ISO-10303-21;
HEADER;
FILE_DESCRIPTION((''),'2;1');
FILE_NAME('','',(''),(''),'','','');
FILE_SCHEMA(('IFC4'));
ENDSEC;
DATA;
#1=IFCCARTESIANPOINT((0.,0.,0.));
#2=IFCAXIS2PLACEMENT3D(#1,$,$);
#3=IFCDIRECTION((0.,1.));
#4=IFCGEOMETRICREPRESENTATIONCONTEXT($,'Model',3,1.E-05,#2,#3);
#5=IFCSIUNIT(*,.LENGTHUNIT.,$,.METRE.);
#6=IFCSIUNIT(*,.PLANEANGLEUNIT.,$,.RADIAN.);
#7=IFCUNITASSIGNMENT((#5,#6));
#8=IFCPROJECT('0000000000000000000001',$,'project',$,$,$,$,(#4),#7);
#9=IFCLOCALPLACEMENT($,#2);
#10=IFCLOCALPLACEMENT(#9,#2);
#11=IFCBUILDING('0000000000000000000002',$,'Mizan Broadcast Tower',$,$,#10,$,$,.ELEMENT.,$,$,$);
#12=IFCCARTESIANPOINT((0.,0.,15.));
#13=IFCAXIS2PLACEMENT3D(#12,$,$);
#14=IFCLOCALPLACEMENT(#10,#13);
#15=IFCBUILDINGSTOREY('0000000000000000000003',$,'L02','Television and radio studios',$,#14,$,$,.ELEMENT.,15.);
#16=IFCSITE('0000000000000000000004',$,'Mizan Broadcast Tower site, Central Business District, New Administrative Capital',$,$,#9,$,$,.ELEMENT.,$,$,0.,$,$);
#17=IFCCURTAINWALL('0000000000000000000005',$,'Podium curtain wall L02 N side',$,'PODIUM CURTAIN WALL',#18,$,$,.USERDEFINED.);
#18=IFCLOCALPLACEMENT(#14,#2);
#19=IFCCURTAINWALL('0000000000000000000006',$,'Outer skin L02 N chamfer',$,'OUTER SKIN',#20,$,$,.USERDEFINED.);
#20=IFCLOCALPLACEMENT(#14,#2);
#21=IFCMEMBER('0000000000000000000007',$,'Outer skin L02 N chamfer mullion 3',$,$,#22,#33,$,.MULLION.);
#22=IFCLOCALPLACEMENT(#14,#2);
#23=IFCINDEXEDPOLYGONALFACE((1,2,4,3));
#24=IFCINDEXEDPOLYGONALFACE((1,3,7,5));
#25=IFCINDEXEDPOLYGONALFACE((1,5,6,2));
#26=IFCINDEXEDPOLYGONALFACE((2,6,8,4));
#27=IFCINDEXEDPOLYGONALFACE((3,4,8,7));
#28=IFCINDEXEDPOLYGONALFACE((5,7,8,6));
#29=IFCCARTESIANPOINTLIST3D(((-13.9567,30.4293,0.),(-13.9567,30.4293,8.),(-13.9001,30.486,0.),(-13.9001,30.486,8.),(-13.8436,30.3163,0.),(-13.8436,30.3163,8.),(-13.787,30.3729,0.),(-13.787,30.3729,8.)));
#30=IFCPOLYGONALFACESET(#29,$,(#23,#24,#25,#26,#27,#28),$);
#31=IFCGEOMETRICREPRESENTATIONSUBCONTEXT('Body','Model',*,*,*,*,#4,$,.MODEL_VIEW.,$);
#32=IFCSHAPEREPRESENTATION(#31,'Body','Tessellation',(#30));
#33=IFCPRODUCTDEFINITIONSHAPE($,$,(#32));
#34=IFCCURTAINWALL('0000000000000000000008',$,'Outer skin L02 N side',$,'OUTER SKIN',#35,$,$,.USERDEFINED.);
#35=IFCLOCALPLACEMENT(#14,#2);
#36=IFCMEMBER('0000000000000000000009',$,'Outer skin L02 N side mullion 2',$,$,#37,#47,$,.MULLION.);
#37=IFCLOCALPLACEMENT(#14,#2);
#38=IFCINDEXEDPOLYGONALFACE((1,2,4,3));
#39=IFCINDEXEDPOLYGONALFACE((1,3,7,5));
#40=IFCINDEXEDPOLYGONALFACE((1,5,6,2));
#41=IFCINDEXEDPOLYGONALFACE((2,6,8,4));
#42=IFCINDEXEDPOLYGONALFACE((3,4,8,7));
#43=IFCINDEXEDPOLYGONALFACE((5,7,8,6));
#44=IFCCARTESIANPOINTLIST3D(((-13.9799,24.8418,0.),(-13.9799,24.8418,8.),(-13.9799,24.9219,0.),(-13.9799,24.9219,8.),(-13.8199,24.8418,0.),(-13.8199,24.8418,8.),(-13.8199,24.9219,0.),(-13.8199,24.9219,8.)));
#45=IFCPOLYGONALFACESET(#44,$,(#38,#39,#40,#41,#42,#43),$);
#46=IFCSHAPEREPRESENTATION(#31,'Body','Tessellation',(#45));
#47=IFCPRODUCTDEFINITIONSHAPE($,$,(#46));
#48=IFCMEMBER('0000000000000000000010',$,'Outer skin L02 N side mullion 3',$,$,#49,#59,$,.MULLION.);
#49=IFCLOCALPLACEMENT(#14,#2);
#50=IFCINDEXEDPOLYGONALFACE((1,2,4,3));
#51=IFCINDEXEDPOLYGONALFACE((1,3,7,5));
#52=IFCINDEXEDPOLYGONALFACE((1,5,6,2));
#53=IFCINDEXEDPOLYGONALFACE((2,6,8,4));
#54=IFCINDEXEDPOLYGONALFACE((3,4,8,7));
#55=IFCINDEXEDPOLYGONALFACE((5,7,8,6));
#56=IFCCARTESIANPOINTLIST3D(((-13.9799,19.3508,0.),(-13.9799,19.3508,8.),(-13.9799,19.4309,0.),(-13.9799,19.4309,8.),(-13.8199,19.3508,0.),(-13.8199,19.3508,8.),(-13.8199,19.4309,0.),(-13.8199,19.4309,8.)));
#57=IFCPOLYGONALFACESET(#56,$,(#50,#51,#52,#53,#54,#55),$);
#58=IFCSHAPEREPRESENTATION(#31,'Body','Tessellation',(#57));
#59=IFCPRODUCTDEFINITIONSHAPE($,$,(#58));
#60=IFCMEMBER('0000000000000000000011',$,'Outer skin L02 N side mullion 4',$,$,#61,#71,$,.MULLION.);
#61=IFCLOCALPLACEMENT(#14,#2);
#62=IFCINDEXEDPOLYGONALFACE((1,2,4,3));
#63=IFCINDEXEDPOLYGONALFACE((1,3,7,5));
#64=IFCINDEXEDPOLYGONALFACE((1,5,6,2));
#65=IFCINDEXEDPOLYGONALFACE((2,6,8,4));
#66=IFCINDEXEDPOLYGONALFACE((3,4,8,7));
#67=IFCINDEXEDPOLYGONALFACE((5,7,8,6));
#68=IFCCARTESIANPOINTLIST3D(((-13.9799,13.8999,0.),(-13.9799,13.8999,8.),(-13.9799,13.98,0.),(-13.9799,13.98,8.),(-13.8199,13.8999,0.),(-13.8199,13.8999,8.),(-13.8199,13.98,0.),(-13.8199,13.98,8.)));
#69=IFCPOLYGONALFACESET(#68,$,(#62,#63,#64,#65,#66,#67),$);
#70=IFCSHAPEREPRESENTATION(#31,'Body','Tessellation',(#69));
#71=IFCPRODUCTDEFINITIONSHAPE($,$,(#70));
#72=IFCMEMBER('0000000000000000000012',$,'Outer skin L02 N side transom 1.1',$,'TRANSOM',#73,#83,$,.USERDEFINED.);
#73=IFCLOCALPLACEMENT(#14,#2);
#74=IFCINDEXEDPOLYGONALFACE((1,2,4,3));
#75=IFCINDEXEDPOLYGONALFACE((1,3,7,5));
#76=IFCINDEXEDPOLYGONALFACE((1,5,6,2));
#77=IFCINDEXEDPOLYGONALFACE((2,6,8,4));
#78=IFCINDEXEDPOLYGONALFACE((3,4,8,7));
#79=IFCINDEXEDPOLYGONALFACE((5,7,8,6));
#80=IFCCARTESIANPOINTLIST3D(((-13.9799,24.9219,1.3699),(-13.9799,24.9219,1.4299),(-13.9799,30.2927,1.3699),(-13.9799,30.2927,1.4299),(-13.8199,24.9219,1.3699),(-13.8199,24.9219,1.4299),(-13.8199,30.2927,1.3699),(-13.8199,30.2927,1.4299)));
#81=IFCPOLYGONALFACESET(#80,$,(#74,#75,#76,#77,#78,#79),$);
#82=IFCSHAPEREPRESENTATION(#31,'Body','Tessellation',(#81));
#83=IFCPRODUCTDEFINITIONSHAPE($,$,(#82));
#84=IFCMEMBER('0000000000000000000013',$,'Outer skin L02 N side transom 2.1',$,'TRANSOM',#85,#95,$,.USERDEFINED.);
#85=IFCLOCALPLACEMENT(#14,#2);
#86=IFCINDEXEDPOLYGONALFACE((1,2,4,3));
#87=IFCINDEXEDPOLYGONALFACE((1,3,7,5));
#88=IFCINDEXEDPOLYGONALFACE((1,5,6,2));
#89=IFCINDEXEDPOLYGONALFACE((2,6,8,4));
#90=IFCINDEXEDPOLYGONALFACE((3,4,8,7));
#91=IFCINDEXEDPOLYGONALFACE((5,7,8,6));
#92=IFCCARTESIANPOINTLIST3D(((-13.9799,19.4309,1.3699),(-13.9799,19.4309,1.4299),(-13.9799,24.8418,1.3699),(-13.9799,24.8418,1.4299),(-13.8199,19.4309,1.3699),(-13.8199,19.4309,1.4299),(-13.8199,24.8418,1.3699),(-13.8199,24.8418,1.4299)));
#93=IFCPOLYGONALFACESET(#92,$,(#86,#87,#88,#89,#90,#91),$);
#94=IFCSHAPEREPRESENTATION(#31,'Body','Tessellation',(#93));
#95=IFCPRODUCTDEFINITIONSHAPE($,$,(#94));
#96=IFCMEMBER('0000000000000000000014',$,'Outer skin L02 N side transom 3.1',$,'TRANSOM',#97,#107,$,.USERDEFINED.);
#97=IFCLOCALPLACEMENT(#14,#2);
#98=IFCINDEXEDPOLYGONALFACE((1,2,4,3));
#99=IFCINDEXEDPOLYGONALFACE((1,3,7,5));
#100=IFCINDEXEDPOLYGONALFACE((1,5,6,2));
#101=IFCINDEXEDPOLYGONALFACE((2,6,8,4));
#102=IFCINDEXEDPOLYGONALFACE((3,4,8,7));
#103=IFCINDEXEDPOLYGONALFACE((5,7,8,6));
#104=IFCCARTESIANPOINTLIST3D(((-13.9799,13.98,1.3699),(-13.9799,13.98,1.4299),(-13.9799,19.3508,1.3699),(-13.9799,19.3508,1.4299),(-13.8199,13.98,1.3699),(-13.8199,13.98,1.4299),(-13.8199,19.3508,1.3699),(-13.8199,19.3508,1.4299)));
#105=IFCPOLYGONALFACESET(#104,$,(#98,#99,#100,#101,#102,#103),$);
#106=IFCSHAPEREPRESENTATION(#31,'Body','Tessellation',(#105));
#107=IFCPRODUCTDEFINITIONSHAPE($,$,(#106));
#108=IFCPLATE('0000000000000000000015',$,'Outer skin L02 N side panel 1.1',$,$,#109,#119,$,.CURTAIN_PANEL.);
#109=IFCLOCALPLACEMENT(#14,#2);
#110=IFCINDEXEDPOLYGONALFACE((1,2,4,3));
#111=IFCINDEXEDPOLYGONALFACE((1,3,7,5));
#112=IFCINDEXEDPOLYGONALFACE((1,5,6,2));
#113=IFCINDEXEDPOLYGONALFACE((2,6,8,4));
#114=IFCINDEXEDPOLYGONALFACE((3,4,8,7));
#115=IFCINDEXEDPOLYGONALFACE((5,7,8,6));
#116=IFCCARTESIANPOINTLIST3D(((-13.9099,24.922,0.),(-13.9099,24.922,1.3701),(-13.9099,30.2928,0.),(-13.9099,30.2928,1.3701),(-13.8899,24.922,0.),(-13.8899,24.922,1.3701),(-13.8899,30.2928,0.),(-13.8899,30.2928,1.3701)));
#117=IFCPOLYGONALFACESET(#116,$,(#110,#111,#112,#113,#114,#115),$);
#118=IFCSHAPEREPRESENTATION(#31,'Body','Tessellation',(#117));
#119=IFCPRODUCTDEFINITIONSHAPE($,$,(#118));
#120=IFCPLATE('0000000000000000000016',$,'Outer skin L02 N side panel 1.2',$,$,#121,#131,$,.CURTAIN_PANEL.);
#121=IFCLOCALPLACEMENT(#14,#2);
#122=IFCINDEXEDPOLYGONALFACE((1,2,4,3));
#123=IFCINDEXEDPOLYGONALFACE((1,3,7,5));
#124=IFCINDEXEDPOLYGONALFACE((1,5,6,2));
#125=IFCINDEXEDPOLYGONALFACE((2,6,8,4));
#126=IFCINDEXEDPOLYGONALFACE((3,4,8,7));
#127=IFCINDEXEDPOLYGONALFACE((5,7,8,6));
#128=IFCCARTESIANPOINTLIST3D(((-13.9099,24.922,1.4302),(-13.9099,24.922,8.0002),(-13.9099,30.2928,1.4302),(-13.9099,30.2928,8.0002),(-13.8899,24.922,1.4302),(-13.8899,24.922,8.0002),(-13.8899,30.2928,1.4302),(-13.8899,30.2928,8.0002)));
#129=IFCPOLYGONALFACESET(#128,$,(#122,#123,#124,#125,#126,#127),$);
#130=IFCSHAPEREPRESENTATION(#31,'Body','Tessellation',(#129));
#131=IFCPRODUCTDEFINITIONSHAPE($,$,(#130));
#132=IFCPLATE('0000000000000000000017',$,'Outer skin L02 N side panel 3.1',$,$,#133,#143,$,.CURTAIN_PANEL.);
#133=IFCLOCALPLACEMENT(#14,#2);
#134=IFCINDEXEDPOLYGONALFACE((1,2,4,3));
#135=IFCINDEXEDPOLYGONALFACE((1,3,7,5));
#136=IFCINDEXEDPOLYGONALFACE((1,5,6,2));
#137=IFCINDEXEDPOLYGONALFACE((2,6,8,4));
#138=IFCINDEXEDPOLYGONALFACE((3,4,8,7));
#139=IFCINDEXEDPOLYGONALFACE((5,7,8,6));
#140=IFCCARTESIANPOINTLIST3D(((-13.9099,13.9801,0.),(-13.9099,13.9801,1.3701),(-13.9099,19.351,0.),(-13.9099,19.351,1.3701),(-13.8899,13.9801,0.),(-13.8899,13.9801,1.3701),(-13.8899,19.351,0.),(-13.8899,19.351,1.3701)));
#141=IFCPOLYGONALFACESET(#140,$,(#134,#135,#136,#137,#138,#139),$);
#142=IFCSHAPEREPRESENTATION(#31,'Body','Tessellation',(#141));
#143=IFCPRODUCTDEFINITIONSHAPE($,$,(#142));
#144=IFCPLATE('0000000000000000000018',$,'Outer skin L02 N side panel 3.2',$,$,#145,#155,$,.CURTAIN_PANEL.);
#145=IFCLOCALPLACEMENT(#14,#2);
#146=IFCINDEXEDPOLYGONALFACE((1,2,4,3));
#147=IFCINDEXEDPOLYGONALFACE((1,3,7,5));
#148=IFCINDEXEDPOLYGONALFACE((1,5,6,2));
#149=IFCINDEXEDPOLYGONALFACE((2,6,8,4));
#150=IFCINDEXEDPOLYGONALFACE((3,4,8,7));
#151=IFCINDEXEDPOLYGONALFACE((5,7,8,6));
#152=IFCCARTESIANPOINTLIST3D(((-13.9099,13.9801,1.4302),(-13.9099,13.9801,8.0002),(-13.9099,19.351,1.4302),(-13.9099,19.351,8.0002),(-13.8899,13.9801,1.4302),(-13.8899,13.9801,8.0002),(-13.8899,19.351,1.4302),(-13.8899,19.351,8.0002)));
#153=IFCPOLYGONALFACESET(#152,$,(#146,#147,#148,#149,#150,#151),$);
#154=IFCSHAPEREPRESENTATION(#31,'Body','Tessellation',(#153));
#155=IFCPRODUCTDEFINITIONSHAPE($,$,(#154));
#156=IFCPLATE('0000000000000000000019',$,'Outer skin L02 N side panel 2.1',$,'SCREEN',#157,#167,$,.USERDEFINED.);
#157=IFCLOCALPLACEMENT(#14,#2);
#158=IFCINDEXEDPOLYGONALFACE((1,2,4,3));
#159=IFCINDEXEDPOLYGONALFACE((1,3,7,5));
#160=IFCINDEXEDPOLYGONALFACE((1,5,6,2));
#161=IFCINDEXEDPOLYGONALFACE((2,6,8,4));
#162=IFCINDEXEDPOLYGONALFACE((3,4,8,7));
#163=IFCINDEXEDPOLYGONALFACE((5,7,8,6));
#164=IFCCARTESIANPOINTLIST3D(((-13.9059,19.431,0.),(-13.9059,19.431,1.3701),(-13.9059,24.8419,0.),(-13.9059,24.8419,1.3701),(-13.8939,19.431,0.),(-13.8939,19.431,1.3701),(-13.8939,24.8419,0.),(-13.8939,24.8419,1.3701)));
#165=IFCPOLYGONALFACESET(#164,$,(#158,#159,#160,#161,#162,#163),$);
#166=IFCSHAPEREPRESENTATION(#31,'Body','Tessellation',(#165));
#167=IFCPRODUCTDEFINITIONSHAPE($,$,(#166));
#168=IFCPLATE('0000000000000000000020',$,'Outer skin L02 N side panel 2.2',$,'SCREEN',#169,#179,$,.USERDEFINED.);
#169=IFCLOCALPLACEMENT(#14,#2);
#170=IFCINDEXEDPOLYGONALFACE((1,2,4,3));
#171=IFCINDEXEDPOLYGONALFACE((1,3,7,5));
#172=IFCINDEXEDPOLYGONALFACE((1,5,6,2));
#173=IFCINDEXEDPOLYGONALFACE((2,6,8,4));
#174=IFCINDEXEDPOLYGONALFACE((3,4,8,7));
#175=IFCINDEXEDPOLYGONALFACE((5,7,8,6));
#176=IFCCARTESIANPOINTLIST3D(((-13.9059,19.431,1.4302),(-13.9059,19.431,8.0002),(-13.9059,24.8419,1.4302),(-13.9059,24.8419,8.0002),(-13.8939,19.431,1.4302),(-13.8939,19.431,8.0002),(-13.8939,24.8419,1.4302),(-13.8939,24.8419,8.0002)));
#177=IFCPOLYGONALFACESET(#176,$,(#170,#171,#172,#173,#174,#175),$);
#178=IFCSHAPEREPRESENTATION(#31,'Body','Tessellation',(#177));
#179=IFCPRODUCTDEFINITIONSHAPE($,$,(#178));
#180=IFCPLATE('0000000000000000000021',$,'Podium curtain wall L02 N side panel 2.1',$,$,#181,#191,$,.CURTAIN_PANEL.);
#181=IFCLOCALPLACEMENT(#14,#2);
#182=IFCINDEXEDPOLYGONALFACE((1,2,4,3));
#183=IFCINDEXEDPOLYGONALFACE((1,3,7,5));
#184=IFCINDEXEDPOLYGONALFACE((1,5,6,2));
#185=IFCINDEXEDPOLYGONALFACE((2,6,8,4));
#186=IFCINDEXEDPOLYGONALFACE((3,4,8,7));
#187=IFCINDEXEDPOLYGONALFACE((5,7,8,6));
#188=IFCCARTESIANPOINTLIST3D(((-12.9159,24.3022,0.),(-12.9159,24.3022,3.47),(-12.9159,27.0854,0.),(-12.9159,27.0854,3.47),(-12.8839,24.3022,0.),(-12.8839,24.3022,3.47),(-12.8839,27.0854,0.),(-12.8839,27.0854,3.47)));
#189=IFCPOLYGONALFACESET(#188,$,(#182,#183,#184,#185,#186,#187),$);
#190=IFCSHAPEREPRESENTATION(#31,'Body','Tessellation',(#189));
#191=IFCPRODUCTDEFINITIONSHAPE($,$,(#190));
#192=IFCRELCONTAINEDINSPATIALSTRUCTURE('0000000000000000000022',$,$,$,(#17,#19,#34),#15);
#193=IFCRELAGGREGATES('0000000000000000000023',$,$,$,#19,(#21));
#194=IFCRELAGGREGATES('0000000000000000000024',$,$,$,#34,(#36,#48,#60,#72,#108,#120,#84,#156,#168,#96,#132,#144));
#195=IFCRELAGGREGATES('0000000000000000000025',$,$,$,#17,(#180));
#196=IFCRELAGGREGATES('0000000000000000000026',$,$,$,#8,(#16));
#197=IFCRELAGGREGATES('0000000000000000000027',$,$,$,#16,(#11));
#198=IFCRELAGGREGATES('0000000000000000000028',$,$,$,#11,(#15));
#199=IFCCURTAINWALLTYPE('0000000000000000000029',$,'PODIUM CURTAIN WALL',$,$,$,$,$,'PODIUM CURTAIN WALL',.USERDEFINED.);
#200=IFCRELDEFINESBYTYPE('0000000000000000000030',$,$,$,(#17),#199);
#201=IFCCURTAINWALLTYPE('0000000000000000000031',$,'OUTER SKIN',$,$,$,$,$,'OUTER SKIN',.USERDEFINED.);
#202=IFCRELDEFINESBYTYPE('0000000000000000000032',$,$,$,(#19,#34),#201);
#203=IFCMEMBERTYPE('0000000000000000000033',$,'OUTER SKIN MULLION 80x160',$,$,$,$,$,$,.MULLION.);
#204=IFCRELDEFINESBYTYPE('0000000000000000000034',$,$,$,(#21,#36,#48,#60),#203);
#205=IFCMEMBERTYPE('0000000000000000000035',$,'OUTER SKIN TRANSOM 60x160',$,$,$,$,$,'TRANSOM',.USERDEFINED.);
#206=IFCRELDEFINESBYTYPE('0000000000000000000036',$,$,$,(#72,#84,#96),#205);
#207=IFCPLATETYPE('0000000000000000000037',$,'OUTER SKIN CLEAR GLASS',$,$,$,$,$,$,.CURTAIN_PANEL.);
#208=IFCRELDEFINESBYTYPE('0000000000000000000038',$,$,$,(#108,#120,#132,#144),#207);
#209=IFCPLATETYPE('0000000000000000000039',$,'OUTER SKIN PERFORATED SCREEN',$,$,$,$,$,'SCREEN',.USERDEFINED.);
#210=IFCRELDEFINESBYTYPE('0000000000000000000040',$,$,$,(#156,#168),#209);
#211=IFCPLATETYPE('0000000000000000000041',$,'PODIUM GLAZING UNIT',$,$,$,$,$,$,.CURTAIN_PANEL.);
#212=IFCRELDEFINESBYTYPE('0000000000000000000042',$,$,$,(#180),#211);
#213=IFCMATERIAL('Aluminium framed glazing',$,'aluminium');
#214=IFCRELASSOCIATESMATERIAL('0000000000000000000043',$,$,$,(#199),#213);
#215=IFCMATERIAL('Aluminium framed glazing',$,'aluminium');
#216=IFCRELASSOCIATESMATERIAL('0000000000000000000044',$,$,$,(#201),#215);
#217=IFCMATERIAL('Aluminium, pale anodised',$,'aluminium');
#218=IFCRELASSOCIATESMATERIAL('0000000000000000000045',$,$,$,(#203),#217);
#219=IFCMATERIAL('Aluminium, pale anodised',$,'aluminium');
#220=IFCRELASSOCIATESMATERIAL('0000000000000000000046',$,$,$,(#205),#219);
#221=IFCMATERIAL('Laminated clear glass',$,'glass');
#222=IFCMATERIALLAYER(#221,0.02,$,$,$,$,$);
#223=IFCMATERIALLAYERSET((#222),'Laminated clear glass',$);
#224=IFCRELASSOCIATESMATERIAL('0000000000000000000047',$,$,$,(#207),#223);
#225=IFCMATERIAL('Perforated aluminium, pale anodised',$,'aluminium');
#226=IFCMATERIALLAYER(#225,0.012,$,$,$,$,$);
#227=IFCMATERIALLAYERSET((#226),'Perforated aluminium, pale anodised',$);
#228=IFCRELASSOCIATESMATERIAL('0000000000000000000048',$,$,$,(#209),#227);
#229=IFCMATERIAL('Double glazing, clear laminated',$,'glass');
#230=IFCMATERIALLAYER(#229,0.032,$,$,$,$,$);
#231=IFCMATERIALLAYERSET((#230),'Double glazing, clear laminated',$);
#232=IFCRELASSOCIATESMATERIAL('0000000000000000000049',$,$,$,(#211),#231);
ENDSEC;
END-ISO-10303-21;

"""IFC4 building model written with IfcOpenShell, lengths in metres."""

from ifc_helpers import new_model, si_unit, direction, frame, origin, origin_2d, place, context, subcontext, project, spatial, rectangle, extrude, material, layer, layer_set, material_profile, profile_set, type_object, element, aggregate, save


model = new_model("IFC4")

# Units and contexts
model_context = context("Model", 3, precision=1e-05, world=origin(), true_north=direction((0.0, 1.0)))
body_context = subcontext(model_context, "Body", "Model", "MODEL_VIEW")
ifc_project = project(units=[si_unit("LENGTHUNIT", "METRE"), si_unit("PLANEANGLEUNIT", "RADIAN")], contexts=[model_context])

# Site, building, storey
site_placement = place(None, origin())
site = spatial("IfcSite", under=ifc_project, at=site_placement, Name="Mizan Broadcast Tower site, Central Business District, New Administrative Capital", CompositionType="ELEMENT", RefElevation=0.0)
building_placement = place(site_placement, origin())
building = spatial("IfcBuilding", under=site, at=building_placement, Name="Mizan Broadcast Tower", CompositionType="ELEMENT")
storey_placement = place(building_placement, frame((0.0, 0.0, 15.0)))
storey = spatial("IfcBuildingStorey", under=building, at=storey_placement, Name="L02", Description="Television and radio studios", CompositionType="ELEMENT", Elevation=15.0)

# Curtain wall
ifc_material_1 = material(Name="Aluminium framed glazing", Category="aluminium")
curtain_wall_type_1 = type_object("IfcCurtainWallType", Name="PODIUM CURTAIN WALL", ElementType="PODIUM CURTAIN WALL", PredefinedType="USERDEFINED", material=ifc_material_1)
curtain_wall_1_placement = place(storey_placement, origin())
curtain_wall_1 = element("IfcCurtainWall", 1, at=curtain_wall_1_placement, inside=storey, type_object=curtain_wall_type_1, Name="Podium curtain wall L02 N side", ObjectType="PODIUM CURTAIN WALL", PredefinedType="USERDEFINED")

# Curtain wall, member
ifc_material_2 = material(Name="Aluminium framed glazing", Category="aluminium")
curtain_wall_type_2 = type_object("IfcCurtainWallType", Name="OUTER SKIN", ElementType="OUTER SKIN", PredefinedType="USERDEFINED", material=ifc_material_2)
curtain_wall_2_placement = place(storey_placement, origin())
curtain_wall_2 = element("IfcCurtainWall", 2, at=curtain_wall_2_placement, inside=storey, type_object=curtain_wall_type_2, Name="Outer skin L02 N chamfer", ObjectType="OUTER SKIN", PredefinedType="USERDEFINED")
ifc_material_3 = material(Name="Aluminium, pale anodised", Category="aluminium")
ifc_material_profile_1 = material_profile(ifc_material_3, rectangle(XDim=0.1599, YDim=0.0801, at=origin_2d()), Name="MULLION 160x80")
ifc_profile_set_1 = profile_set([ifc_material_profile_1], Name="Aluminium, pale anodised")
member_type_1 = type_object("IfcMemberType", Name="OUTER SKIN MULLION 80x160", PredefinedType="MULLION", material=ifc_profile_set_1)
member_1_placement = place(storey_placement, frame((-13.8718, 30.4011, 0.0), z_axis=(0.0, 0.0, 1.0), x_axis=(0.707107, -0.707107, 0.0)))
member_1 = element("IfcMember", 3, at=member_1_placement, type_object=member_type_1, Name="Outer skin L02 N chamfer mullion 3", PredefinedType="MULLION", context=body_context, shape_type="SweptSolid", body=[
    extrude(rectangle(XDim=0.1599, YDim=0.0801, at=origin_2d()), origin(), (0.0, 0.0, 1.0), 8.0),
])
aggregate(curtain_wall_2, [member_1])

# Curtain wall, members, plates
curtain_wall_3_placement = place(storey_placement, origin())
curtain_wall_3 = element("IfcCurtainWall", 4, at=curtain_wall_3_placement, inside=storey, type_object=curtain_wall_type_2, Name="Outer skin L02 N side", ObjectType="OUTER SKIN", PredefinedType="USERDEFINED")
member_2_placement = place(storey_placement, frame((-13.8999, 24.8818, 0.0), z_axis=(0.0, 0.0, 1.0), x_axis=(1.0, 0.0, 0.0)))
member_2 = element("IfcMember", 5, at=member_2_placement, type_object=member_type_1, Name="Outer skin L02 N side mullion 2", PredefinedType="MULLION", context=body_context, shape_type="SweptSolid", body=[
    extrude(rectangle(XDim=0.1599, YDim=0.0801, at=origin_2d()), origin(), (0.0, 0.0, 1.0), 8.0),
])
member_3_placement = place(storey_placement, frame((-13.8999, 19.3909, 0.0), z_axis=(0.0, 0.0, 1.0), x_axis=(1.0, 0.0, 0.0)))
member_3 = element("IfcMember", 6, at=member_3_placement, type_object=member_type_1, Name="Outer skin L02 N side mullion 3", PredefinedType="MULLION", context=body_context, shape_type="SweptSolid", body=[
    extrude(rectangle(XDim=0.1599, YDim=0.0801, at=origin_2d()), origin(), (0.0, 0.0, 1.0), 8.0),
])
member_4_placement = place(storey_placement, frame((-13.8999, 13.9399, 0.0), z_axis=(0.0, 0.0, 1.0), x_axis=(1.0, 0.0, 0.0)))
member_4 = element("IfcMember", 7, at=member_4_placement, type_object=member_type_1, Name="Outer skin L02 N side mullion 4", PredefinedType="MULLION", context=body_context, shape_type="SweptSolid", body=[
    extrude(rectangle(XDim=0.1599, YDim=0.0801, at=origin_2d()), origin(), (0.0, 0.0, 1.0), 8.0),
])
ifc_material_4 = material(Name="Aluminium, pale anodised", Category="aluminium")
ifc_material_profile_2 = material_profile(ifc_material_4, rectangle(XDim=0.1599, YDim=0.0601, at=origin_2d()), Name="TRANSOM 160x60")
ifc_profile_set_2 = profile_set([ifc_material_profile_2], Name="Aluminium, pale anodised")
member_type_2 = type_object("IfcMemberType", Name="OUTER SKIN TRANSOM 60x160", ElementType="TRANSOM", PredefinedType="USERDEFINED", material=ifc_profile_set_2)
member_5_placement = place(storey_placement, frame((-13.8999, 30.2927, 1.3999), z_axis=(0.0, -1.0, 0.0), x_axis=(1.0, 0.0, 0.0)))
member_5 = element("IfcMember", 8, at=member_5_placement, type_object=member_type_2, Name="Outer skin L02 N side transom 1.1", ObjectType="TRANSOM", PredefinedType="USERDEFINED", context=body_context, shape_type="SweptSolid", body=[
    extrude(rectangle(XDim=0.1599, YDim=0.0601, at=origin_2d()), origin(), (0.0, 0.0, 1.0), 5.3708),
])
member_6_placement = place(storey_placement, frame((-13.8999, 24.8418, 1.3999), z_axis=(0.0, -1.0, 0.0), x_axis=(1.0, 0.0, 0.0)))
member_6 = element("IfcMember", 9, at=member_6_placement, type_object=member_type_2, Name="Outer skin L02 N side transom 2.1", ObjectType="TRANSOM", PredefinedType="USERDEFINED", context=body_context, shape_type="SweptSolid", body=[
    extrude(rectangle(XDim=0.1599, YDim=0.0601, at=origin_2d()), origin(), (0.0, 0.0, 1.0), 5.4109),
])
member_7_placement = place(storey_placement, frame((-13.8999, 19.3508, 1.3999), z_axis=(0.0, -1.0, 0.0), x_axis=(1.0, 0.0, 0.0)))
member_7 = element("IfcMember", 10, at=member_7_placement, type_object=member_type_2, Name="Outer skin L02 N side transom 3.1", ObjectType="TRANSOM", PredefinedType="USERDEFINED", context=body_context, shape_type="SweptSolid", body=[
    extrude(rectangle(XDim=0.1599, YDim=0.0601, at=origin_2d()), origin(), (0.0, 0.0, 1.0), 5.3708),
])
ifc_material_5 = material(Name="Laminated clear glass", Category="glass")
ifc_layer_1 = layer(ifc_material_5, 0.02)
ifc_layer_set_1 = layer_set([ifc_layer_1], Name="Laminated clear glass")
plate_type_1 = type_object("IfcPlateType", Name="OUTER SKIN CLEAR GLASS", PredefinedType="CURTAIN_PANEL", material=ifc_layer_set_1)
plate_1_placement = place(storey_placement, frame((-13.8999, 27.6074, 0.0), z_axis=(0.0, 0.0, 1.0), x_axis=(0.0, -1.0, 0.0)))
plate_1 = element("IfcPlate", 11, at=plate_1_placement, type_object=plate_type_1, Name="Outer skin L02 N side panel 1.1", PredefinedType="CURTAIN_PANEL", context=body_context, shape_type="SweptSolid", body=[
    extrude(rectangle(XDim=5.3708, YDim=0.02, at=origin_2d()), origin(), (0.0, 0.0, 1.0), 1.3701),
])
plate_2_placement = place(storey_placement, frame((-13.8999, 27.6074, 1.4302), z_axis=(0.0, 0.0, 1.0), x_axis=(0.0, -1.0, 0.0)))
plate_2 = element("IfcPlate", 12, at=plate_2_placement, type_object=plate_type_1, Name="Outer skin L02 N side panel 1.2", PredefinedType="CURTAIN_PANEL", context=body_context, shape_type="SweptSolid", body=[
    extrude(rectangle(XDim=5.3708, YDim=0.02, at=origin_2d()), origin(), (0.0, 0.0, 1.0), 6.5701),
])
plate_3_placement = place(storey_placement, frame((-13.8999, 16.6655, 0.0), z_axis=(0.0, 0.0, 1.0), x_axis=(0.0, -1.0, 0.0)))
plate_3 = element("IfcPlate", 13, at=plate_3_placement, type_object=plate_type_1, Name="Outer skin L02 N side panel 3.1", PredefinedType="CURTAIN_PANEL", context=body_context, shape_type="SweptSolid", body=[
    extrude(rectangle(XDim=5.3708, YDim=0.02, at=origin_2d()), origin(), (0.0, 0.0, 1.0), 1.3701),
])
plate_4_placement = place(storey_placement, frame((-13.8999, 16.6655, 1.4302), z_axis=(0.0, 0.0, 1.0), x_axis=(0.0, -1.0, 0.0)))
plate_4 = element("IfcPlate", 14, at=plate_4_placement, type_object=plate_type_1, Name="Outer skin L02 N side panel 3.2", PredefinedType="CURTAIN_PANEL", context=body_context, shape_type="SweptSolid", body=[
    extrude(rectangle(XDim=5.3708, YDim=0.02, at=origin_2d()), origin(), (0.0, 0.0, 1.0), 6.5701),
])
ifc_material_6 = material(Name="Perforated aluminium, pale anodised", Category="aluminium")
ifc_layer_2 = layer(ifc_material_6, 0.012)
ifc_layer_set_2 = layer_set([ifc_layer_2], Name="Perforated aluminium, pale anodised")
plate_type_2 = type_object("IfcPlateType", Name="OUTER SKIN PERFORATED SCREEN", ElementType="SCREEN", PredefinedType="USERDEFINED", material=ifc_layer_set_2)
plate_5_placement = place(storey_placement, frame((-13.8999, 22.1365, 0.0), z_axis=(0.0, 0.0, 1.0), x_axis=(0.0, -1.0, 0.0)))
plate_5 = element("IfcPlate", 15, at=plate_5_placement, type_object=plate_type_2, Name="Outer skin L02 N side panel 2.1", ObjectType="SCREEN", PredefinedType="USERDEFINED", context=body_context, shape_type="SweptSolid", body=[
    extrude(rectangle(XDim=5.4109, YDim=0.012, at=origin_2d()), origin(), (0.0, 0.0, 1.0), 1.3701),
])
plate_6_placement = place(storey_placement, frame((-13.8999, 22.1365, 1.4302), z_axis=(0.0, 0.0, 1.0), x_axis=(0.0, -1.0, 0.0)))
plate_6 = element("IfcPlate", 16, at=plate_6_placement, type_object=plate_type_2, Name="Outer skin L02 N side panel 2.2", ObjectType="SCREEN", PredefinedType="USERDEFINED", context=body_context, shape_type="SweptSolid", body=[
    extrude(rectangle(XDim=5.4109, YDim=0.012, at=origin_2d()), origin(), (0.0, 0.0, 1.0), 6.5701),
])
aggregate(curtain_wall_3, [member_2, member_3, member_4, member_5, plate_1, plate_2, member_6, plate_5, plate_6, member_7, plate_3, plate_4])

# Plate
ifc_material_7 = material(Name="Double glazing, clear laminated", Category="glass")
ifc_layer_3 = layer(ifc_material_7, 0.032)
ifc_layer_set_3 = layer_set([ifc_layer_3], Name="Double glazing, clear laminated")
plate_type_3 = type_object("IfcPlateType", Name="PODIUM GLAZING UNIT", PredefinedType="CURTAIN_PANEL", material=ifc_layer_set_3)
plate_7_placement = place(storey_placement, frame((-12.8999, 25.6938, 0.0), z_axis=(0.0, 0.0, 1.0), x_axis=(0.0, -1.0, 0.0)))
plate_7 = element("IfcPlate", 17, at=plate_7_placement, type_object=plate_type_3, Name="Podium curtain wall L02 N side panel 2.1", PredefinedType="CURTAIN_PANEL", context=body_context, shape_type="SweptSolid", body=[
    extrude(rectangle(XDim=2.7832, YDim=0.032, at=origin_2d()), origin(), (0.0, 0.0, 1.0), 3.47),
])
aggregate(curtain_wall_1, [plate_7])

save(model, "model.ifc")
